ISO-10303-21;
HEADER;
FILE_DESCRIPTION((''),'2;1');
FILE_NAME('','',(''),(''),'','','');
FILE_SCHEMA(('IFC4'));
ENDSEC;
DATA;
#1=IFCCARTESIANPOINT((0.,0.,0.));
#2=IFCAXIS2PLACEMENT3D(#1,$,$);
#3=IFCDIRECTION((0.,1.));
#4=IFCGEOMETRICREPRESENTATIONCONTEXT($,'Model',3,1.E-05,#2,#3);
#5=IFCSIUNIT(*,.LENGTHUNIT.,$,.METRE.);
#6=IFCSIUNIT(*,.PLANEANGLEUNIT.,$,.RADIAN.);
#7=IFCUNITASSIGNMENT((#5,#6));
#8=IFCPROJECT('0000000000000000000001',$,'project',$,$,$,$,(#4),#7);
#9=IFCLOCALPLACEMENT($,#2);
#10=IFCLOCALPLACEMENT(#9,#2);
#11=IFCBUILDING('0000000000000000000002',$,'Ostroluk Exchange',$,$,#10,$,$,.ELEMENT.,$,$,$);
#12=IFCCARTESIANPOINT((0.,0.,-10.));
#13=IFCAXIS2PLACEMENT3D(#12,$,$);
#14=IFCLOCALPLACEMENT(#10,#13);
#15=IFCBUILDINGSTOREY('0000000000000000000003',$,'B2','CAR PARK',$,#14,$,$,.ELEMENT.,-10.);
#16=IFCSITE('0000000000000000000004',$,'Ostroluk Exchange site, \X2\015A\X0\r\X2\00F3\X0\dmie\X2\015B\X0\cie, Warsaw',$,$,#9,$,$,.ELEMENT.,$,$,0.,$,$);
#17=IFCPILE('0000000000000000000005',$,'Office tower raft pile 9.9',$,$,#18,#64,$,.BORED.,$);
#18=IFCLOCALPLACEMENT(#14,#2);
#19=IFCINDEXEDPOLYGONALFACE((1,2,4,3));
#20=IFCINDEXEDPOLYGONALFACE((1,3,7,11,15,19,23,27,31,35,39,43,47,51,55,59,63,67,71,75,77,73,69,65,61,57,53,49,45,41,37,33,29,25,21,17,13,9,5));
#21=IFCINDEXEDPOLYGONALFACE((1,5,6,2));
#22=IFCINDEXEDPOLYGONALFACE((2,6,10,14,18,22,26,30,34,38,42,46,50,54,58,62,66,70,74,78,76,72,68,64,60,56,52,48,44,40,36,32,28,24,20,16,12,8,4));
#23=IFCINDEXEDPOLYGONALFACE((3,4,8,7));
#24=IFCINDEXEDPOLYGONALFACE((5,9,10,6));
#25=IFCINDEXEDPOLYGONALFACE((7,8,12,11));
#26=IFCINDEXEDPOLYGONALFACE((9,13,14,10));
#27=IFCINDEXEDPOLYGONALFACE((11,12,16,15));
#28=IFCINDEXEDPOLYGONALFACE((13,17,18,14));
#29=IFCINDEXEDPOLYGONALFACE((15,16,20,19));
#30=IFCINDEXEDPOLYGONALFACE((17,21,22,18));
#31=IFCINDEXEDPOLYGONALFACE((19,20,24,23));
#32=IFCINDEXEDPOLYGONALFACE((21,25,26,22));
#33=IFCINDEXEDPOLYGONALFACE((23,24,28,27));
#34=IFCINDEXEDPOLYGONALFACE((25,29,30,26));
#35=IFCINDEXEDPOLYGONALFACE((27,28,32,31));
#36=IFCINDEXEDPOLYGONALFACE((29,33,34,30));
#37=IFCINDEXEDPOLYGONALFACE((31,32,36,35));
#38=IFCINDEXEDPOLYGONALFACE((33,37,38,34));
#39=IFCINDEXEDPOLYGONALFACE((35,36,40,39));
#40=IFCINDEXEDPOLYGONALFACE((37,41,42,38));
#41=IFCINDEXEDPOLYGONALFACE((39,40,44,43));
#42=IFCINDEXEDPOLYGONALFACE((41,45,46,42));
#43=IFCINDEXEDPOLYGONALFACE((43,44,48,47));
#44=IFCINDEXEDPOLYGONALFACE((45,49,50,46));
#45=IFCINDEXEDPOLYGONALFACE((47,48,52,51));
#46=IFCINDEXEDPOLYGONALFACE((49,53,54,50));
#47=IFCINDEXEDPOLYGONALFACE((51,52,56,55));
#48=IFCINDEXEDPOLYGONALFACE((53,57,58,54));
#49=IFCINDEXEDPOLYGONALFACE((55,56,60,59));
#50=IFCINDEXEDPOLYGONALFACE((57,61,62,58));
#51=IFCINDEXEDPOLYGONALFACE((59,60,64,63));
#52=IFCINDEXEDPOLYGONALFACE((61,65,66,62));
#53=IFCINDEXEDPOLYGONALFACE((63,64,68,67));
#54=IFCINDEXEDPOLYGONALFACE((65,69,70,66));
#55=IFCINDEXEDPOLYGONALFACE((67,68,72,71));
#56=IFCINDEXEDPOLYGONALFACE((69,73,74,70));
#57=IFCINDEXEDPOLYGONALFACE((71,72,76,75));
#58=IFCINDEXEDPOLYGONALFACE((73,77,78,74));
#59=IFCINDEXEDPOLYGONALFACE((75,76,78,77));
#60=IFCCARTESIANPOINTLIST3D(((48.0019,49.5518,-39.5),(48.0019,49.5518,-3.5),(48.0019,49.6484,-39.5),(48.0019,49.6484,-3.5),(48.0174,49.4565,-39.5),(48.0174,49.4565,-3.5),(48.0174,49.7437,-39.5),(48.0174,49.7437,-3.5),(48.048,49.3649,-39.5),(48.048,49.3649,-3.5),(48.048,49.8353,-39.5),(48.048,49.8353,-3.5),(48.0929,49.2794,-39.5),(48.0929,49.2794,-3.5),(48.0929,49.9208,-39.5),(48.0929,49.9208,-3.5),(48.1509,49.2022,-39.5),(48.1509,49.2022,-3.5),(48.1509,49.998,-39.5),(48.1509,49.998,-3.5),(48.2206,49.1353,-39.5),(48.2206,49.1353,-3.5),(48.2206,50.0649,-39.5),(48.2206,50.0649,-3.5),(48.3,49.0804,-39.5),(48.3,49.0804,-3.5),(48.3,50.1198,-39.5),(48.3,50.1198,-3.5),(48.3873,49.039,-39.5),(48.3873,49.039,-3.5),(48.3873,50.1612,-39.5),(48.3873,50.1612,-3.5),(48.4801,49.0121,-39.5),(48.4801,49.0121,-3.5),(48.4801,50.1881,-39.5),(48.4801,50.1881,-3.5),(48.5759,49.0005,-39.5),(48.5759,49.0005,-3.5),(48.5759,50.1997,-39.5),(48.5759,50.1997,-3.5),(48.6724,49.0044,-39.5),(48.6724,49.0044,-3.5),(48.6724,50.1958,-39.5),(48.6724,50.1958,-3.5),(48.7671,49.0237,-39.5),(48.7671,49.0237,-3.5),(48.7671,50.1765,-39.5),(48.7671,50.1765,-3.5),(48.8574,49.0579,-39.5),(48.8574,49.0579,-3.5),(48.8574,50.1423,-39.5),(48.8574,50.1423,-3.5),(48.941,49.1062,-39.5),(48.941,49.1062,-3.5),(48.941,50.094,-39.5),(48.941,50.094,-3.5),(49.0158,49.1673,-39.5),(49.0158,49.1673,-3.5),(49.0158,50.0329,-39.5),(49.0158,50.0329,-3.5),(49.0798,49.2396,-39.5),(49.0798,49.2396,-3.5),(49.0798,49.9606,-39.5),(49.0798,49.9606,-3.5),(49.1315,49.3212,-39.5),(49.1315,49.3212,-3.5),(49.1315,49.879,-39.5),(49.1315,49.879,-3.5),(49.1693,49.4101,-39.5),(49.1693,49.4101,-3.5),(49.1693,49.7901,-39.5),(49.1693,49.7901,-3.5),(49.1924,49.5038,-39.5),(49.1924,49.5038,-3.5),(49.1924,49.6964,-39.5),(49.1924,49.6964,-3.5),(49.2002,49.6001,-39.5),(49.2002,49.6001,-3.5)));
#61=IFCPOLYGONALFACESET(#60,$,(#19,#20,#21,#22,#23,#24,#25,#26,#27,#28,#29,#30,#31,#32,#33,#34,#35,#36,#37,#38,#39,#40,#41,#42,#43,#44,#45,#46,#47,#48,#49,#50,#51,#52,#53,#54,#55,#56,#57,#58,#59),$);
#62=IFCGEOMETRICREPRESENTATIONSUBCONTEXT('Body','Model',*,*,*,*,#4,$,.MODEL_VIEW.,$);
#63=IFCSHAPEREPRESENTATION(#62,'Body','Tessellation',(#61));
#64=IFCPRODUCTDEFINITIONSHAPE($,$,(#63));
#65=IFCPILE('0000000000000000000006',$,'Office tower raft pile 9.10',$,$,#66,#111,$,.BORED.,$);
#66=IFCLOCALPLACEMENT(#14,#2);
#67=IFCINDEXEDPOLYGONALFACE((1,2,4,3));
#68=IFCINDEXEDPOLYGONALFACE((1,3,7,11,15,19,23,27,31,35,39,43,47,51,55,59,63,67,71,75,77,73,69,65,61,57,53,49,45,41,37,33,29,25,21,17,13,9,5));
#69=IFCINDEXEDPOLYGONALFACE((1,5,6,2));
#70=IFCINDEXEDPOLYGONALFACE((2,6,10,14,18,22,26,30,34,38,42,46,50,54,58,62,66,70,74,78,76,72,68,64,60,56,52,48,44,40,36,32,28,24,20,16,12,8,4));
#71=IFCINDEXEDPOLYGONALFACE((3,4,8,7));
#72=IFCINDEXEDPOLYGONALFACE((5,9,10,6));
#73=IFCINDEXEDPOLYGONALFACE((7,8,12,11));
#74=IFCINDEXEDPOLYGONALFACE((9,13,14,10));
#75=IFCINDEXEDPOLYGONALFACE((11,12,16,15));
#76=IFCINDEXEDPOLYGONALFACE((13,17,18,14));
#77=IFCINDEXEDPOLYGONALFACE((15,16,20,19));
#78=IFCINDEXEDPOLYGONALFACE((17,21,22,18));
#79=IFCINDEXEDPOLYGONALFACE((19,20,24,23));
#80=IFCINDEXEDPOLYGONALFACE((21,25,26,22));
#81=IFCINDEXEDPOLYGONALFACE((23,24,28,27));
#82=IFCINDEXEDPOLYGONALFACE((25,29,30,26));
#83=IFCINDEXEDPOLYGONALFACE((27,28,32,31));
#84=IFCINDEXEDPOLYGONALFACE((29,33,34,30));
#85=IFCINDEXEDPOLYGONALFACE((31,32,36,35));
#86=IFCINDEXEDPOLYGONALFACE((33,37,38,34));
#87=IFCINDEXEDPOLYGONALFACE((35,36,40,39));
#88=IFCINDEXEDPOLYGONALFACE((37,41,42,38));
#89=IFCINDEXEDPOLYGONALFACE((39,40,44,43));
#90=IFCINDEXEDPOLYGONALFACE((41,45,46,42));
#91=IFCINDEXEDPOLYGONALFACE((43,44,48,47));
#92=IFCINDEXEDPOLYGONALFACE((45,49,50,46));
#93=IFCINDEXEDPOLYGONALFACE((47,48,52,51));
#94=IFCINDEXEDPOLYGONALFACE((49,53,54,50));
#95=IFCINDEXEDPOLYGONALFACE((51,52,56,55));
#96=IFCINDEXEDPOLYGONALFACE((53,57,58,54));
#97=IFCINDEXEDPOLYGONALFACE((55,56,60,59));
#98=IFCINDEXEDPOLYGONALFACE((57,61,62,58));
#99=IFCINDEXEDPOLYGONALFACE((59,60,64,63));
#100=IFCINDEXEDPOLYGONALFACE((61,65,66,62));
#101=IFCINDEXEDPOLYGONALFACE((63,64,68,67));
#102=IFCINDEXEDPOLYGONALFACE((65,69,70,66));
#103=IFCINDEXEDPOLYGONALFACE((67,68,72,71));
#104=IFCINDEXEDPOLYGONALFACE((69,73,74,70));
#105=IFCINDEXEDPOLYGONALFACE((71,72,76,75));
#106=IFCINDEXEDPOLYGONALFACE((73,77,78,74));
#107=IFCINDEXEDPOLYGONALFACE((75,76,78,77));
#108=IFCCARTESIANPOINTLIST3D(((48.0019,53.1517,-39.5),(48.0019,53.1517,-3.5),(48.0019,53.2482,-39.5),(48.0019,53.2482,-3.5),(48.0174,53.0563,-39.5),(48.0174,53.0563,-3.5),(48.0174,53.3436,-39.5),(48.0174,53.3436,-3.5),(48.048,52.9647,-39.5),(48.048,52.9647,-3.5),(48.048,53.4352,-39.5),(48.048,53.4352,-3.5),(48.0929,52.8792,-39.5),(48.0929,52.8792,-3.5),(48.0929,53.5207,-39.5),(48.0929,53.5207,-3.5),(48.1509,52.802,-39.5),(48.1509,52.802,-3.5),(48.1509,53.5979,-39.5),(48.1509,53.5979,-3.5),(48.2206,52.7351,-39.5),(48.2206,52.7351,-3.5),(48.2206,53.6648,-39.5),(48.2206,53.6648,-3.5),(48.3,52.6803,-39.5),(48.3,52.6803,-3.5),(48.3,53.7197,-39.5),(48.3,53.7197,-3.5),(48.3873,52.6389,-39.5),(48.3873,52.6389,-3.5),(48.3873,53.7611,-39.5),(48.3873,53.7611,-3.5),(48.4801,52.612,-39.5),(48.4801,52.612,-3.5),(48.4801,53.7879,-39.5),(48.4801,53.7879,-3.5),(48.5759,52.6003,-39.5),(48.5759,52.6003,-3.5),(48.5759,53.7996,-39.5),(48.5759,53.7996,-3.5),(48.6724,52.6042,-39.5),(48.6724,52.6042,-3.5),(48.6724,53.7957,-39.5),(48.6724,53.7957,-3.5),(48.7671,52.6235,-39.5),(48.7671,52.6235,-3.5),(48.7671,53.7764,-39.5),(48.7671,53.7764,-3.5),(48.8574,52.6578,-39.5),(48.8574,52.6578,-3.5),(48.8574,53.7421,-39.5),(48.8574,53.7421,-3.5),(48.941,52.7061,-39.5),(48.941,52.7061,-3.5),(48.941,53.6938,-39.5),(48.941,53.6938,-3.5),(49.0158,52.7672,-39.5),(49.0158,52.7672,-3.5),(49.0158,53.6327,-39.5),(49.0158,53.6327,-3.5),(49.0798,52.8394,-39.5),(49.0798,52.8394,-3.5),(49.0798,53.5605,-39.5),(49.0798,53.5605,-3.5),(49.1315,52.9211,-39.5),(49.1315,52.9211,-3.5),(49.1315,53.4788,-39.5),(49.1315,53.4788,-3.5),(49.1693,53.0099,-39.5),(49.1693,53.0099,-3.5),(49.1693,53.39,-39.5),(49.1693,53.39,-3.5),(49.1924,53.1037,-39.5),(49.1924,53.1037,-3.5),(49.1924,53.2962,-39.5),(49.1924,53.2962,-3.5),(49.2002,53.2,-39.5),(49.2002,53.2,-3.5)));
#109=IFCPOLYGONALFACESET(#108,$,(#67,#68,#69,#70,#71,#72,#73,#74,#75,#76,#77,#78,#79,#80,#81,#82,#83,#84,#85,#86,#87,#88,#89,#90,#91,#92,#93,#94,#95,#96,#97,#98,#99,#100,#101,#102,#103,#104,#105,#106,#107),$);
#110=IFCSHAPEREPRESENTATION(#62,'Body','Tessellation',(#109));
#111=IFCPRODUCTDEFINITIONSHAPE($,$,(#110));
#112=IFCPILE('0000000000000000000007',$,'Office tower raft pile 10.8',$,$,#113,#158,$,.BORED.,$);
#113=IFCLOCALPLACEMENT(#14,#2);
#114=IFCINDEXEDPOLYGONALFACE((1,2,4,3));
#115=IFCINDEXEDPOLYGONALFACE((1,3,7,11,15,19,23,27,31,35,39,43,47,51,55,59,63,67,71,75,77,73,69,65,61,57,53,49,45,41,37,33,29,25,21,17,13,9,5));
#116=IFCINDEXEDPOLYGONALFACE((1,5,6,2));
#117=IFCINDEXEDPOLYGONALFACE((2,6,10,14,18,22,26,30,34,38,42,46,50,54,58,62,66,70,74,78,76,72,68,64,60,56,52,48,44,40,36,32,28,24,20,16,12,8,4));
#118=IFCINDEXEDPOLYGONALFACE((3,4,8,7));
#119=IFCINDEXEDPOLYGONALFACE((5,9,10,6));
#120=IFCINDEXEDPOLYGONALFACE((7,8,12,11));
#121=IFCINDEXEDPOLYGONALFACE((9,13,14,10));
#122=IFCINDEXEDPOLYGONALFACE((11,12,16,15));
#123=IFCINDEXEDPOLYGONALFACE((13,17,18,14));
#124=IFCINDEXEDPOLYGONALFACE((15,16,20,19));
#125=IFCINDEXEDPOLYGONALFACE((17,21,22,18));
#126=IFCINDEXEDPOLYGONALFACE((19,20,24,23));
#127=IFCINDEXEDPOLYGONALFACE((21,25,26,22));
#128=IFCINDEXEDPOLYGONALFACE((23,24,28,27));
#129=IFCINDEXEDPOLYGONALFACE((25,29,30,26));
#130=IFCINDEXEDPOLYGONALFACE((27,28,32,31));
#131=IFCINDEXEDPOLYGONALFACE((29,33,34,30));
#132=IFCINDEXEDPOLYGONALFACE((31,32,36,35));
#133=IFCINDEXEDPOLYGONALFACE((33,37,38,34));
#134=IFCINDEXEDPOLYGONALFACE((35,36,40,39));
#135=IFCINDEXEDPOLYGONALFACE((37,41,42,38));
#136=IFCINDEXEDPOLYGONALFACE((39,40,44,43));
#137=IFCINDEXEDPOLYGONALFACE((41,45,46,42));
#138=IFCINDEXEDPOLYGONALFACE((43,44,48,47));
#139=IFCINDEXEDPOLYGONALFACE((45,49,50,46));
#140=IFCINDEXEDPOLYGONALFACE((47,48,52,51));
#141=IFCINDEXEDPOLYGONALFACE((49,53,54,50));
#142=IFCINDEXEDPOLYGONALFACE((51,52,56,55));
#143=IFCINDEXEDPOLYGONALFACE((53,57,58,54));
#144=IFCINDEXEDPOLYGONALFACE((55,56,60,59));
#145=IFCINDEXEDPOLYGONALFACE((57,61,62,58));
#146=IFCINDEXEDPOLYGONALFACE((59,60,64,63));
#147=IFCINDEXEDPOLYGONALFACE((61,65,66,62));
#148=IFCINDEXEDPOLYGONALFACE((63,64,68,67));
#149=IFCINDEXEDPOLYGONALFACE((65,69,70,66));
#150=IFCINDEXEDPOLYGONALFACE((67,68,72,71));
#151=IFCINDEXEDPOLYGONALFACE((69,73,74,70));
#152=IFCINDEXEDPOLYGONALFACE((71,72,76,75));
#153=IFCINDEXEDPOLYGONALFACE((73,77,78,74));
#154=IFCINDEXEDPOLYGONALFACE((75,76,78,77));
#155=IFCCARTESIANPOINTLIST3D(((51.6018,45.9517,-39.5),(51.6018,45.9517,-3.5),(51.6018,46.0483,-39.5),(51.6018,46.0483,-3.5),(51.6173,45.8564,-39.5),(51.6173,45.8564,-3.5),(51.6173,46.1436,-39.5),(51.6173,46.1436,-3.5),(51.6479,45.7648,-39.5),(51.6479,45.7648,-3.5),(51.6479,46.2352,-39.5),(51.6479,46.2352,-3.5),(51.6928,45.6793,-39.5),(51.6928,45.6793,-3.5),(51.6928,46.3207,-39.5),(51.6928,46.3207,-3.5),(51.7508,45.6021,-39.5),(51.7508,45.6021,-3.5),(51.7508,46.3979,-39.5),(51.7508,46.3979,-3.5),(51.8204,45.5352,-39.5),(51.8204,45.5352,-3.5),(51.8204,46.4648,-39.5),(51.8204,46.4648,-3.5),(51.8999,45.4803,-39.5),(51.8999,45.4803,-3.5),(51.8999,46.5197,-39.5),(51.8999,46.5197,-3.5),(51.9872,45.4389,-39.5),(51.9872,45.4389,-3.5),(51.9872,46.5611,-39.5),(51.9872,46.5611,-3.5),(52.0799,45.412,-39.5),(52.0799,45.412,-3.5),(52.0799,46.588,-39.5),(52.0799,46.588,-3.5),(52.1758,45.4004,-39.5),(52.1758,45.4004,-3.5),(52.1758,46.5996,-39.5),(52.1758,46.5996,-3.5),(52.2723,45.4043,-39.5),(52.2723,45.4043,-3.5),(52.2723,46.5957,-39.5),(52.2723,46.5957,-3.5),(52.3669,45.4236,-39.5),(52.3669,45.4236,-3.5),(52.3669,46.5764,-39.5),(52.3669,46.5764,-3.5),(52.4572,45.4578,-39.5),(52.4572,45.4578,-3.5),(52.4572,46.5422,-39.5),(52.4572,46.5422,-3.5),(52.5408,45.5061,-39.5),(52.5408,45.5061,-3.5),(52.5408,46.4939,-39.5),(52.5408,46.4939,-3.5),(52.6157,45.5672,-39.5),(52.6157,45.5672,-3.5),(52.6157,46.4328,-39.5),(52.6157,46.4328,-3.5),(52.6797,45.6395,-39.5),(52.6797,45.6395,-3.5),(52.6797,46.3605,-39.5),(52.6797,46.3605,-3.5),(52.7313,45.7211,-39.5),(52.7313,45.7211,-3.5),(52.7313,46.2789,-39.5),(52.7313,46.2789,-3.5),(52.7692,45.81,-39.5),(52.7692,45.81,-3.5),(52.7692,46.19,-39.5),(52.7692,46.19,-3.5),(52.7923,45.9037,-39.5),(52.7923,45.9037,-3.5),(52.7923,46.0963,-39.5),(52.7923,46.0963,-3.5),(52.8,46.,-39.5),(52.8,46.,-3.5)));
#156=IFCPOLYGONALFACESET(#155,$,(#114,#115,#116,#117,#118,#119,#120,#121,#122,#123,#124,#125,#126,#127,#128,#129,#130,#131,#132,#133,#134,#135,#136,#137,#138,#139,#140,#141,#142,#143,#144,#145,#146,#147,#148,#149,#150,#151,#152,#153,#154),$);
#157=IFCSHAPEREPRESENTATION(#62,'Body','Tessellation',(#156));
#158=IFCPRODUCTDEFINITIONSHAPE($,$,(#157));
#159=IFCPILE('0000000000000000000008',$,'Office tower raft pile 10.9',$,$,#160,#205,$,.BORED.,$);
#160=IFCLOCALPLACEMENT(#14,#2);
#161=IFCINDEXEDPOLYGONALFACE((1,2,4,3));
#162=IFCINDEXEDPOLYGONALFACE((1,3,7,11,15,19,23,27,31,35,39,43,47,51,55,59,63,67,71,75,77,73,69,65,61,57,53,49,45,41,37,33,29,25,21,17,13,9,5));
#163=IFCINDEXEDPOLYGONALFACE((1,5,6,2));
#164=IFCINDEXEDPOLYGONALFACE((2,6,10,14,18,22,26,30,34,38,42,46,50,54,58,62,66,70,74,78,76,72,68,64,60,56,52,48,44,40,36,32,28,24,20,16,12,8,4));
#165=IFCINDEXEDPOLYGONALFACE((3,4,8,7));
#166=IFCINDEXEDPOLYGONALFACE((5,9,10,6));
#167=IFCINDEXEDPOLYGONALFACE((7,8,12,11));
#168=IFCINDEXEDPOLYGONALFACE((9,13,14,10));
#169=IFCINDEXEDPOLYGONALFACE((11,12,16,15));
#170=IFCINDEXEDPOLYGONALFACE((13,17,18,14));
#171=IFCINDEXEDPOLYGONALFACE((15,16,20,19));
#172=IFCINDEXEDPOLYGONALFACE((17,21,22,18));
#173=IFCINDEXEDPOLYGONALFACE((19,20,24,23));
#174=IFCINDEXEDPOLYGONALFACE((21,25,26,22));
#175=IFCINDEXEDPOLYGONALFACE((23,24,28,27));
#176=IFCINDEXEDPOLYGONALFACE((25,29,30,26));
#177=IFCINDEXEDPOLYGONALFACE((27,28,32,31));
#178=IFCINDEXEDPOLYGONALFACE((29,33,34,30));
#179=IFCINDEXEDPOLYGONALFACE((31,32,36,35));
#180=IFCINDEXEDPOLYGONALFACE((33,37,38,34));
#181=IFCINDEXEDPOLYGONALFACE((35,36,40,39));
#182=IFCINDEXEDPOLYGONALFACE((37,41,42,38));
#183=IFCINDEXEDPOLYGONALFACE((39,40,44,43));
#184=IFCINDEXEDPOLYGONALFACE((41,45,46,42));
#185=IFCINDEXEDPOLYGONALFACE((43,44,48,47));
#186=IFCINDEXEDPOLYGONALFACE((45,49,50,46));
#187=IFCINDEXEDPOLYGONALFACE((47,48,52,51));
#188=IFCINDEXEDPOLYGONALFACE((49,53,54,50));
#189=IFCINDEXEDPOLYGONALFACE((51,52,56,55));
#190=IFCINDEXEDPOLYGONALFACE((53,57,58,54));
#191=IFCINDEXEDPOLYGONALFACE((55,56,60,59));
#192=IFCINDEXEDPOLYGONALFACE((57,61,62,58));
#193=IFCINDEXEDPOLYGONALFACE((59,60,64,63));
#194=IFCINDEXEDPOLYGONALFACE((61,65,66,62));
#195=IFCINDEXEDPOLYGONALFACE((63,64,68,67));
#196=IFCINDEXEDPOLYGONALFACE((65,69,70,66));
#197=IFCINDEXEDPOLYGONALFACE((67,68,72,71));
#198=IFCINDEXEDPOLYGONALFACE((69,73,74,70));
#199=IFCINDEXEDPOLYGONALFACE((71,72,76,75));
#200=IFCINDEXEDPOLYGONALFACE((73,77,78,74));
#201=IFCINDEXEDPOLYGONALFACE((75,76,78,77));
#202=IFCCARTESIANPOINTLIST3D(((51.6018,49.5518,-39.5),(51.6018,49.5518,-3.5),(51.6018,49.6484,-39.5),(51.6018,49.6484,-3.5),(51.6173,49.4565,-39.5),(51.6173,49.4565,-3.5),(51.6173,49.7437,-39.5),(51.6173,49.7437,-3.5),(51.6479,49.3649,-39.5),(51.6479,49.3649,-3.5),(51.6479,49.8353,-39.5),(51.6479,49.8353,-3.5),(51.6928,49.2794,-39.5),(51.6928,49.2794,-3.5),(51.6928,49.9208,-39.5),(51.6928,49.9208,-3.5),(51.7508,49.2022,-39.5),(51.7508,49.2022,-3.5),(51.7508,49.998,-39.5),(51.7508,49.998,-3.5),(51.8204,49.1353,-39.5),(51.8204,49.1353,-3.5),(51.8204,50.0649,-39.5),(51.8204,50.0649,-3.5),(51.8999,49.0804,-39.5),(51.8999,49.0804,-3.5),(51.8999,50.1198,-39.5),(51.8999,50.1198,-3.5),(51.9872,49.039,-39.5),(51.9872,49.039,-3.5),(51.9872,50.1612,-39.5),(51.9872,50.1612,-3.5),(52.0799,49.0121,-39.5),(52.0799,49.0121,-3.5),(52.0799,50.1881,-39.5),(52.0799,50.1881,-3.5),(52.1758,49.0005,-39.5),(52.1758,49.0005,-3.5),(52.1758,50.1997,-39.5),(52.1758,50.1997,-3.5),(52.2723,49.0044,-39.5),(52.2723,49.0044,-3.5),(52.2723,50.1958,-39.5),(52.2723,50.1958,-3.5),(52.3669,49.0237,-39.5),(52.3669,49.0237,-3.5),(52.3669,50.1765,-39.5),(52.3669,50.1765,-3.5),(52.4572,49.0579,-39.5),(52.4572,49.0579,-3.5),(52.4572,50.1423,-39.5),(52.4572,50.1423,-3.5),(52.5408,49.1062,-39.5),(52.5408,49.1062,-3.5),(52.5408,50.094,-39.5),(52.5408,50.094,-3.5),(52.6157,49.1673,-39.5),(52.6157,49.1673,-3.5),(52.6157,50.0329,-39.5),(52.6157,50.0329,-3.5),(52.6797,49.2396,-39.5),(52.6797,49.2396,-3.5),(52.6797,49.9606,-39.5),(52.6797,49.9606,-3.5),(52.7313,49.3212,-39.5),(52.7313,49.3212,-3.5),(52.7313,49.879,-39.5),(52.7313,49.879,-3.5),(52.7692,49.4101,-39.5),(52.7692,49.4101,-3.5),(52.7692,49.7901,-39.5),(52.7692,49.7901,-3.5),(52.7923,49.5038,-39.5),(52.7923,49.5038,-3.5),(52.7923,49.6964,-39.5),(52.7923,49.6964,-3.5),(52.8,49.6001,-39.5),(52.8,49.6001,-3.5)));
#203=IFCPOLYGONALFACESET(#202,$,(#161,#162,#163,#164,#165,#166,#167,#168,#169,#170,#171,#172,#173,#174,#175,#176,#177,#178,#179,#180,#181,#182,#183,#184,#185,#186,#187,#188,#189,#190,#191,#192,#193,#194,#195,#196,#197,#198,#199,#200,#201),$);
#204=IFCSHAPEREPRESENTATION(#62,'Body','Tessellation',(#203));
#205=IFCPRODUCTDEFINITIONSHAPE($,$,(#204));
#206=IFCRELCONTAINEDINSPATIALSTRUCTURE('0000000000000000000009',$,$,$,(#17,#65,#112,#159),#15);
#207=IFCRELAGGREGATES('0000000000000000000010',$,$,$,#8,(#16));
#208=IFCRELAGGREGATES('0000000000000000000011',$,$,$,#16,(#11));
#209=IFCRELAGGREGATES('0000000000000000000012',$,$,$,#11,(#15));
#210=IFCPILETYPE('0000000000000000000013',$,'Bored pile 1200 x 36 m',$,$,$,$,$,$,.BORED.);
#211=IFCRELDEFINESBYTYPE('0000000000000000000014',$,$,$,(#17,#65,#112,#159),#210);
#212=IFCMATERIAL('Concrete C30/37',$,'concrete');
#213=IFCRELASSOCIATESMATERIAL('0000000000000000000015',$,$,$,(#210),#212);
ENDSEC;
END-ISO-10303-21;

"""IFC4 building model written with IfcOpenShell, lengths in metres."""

from ifc_helpers import new_model, si_unit, direction, frame, origin, origin_2d, place, context, subcontext, project, spatial, circle, extrude, material, type_object, element, save


model = new_model("IFC4")

# Units and contexts
model_context = context("Model", 3, precision=1e-05, world=origin(), true_north=direction((0.0, 1.0)))
body_context = subcontext(model_context, "Body", "Model", "MODEL_VIEW")
ifc_project = project(units=[si_unit("LENGTHUNIT", "METRE"), si_unit("PLANEANGLEUNIT", "RADIAN")], contexts=[model_context])

# Site, building, storey
site_placement = place(None, origin())
site = spatial("IfcSite", under=ifc_project, at=site_placement, Name="Ostroluk Exchange site, Śródmieście, Warsaw", CompositionType="ELEMENT", RefElevation=0.0)
building_placement = place(site_placement, origin())
building = spatial("IfcBuilding", under=site, at=building_placement, Name="Ostroluk Exchange", CompositionType="ELEMENT")
storey_placement = place(building_placement, frame((0.0, 0.0, -10.0)))
storey = spatial("IfcBuildingStorey", under=building, at=storey_placement, Name="B2", Description="CAR PARK", CompositionType="ELEMENT", Elevation=-10.0)

# Piles
ifc_material_1 = material(Name="Concrete C30/37", Category="concrete")
pile_type = type_object("IfcPileType", Name="Bored pile 1200 x 36 m", PredefinedType="BORED", material=ifc_material_1)
for number, where, z_axis, x_axis, name in (
    (1, (48.6001, 49.6001, -3.5), (0.0, 0.0, -1.0), (1.0, 0.0, 0.0), "Office tower raft pile 9.9"),
    (2, (48.6001, 53.2, -3.5), (0.0, 0.0, -1.0), (1.0, 0.0, 0.0), "Office tower raft pile 9.10"),
    (3, (52.2, 46.0, -3.5), (0.0, 0.0, -1.0), (1.0, 0.0, 0.0), "Office tower raft pile 10.8"),
    (4, (52.2, 49.6001, -3.5), (0.0, 0.0, -1.0), (1.0, 0.0, 0.0), "Office tower raft pile 10.9"),
):
    element("IfcPile", number, at=place(storey_placement, frame(where, z_axis=z_axis, x_axis=x_axis)), inside=storey, type_object=pile_type, Name=name, PredefinedType="BORED", context=body_context, shape_type="SweptSolid", body=[
        extrude(circle(Radius=0.6001, at=origin_2d()), origin(), (0.0, 0.0, 1.0), 36.0),
    ])

save(model, "model.ifc")
